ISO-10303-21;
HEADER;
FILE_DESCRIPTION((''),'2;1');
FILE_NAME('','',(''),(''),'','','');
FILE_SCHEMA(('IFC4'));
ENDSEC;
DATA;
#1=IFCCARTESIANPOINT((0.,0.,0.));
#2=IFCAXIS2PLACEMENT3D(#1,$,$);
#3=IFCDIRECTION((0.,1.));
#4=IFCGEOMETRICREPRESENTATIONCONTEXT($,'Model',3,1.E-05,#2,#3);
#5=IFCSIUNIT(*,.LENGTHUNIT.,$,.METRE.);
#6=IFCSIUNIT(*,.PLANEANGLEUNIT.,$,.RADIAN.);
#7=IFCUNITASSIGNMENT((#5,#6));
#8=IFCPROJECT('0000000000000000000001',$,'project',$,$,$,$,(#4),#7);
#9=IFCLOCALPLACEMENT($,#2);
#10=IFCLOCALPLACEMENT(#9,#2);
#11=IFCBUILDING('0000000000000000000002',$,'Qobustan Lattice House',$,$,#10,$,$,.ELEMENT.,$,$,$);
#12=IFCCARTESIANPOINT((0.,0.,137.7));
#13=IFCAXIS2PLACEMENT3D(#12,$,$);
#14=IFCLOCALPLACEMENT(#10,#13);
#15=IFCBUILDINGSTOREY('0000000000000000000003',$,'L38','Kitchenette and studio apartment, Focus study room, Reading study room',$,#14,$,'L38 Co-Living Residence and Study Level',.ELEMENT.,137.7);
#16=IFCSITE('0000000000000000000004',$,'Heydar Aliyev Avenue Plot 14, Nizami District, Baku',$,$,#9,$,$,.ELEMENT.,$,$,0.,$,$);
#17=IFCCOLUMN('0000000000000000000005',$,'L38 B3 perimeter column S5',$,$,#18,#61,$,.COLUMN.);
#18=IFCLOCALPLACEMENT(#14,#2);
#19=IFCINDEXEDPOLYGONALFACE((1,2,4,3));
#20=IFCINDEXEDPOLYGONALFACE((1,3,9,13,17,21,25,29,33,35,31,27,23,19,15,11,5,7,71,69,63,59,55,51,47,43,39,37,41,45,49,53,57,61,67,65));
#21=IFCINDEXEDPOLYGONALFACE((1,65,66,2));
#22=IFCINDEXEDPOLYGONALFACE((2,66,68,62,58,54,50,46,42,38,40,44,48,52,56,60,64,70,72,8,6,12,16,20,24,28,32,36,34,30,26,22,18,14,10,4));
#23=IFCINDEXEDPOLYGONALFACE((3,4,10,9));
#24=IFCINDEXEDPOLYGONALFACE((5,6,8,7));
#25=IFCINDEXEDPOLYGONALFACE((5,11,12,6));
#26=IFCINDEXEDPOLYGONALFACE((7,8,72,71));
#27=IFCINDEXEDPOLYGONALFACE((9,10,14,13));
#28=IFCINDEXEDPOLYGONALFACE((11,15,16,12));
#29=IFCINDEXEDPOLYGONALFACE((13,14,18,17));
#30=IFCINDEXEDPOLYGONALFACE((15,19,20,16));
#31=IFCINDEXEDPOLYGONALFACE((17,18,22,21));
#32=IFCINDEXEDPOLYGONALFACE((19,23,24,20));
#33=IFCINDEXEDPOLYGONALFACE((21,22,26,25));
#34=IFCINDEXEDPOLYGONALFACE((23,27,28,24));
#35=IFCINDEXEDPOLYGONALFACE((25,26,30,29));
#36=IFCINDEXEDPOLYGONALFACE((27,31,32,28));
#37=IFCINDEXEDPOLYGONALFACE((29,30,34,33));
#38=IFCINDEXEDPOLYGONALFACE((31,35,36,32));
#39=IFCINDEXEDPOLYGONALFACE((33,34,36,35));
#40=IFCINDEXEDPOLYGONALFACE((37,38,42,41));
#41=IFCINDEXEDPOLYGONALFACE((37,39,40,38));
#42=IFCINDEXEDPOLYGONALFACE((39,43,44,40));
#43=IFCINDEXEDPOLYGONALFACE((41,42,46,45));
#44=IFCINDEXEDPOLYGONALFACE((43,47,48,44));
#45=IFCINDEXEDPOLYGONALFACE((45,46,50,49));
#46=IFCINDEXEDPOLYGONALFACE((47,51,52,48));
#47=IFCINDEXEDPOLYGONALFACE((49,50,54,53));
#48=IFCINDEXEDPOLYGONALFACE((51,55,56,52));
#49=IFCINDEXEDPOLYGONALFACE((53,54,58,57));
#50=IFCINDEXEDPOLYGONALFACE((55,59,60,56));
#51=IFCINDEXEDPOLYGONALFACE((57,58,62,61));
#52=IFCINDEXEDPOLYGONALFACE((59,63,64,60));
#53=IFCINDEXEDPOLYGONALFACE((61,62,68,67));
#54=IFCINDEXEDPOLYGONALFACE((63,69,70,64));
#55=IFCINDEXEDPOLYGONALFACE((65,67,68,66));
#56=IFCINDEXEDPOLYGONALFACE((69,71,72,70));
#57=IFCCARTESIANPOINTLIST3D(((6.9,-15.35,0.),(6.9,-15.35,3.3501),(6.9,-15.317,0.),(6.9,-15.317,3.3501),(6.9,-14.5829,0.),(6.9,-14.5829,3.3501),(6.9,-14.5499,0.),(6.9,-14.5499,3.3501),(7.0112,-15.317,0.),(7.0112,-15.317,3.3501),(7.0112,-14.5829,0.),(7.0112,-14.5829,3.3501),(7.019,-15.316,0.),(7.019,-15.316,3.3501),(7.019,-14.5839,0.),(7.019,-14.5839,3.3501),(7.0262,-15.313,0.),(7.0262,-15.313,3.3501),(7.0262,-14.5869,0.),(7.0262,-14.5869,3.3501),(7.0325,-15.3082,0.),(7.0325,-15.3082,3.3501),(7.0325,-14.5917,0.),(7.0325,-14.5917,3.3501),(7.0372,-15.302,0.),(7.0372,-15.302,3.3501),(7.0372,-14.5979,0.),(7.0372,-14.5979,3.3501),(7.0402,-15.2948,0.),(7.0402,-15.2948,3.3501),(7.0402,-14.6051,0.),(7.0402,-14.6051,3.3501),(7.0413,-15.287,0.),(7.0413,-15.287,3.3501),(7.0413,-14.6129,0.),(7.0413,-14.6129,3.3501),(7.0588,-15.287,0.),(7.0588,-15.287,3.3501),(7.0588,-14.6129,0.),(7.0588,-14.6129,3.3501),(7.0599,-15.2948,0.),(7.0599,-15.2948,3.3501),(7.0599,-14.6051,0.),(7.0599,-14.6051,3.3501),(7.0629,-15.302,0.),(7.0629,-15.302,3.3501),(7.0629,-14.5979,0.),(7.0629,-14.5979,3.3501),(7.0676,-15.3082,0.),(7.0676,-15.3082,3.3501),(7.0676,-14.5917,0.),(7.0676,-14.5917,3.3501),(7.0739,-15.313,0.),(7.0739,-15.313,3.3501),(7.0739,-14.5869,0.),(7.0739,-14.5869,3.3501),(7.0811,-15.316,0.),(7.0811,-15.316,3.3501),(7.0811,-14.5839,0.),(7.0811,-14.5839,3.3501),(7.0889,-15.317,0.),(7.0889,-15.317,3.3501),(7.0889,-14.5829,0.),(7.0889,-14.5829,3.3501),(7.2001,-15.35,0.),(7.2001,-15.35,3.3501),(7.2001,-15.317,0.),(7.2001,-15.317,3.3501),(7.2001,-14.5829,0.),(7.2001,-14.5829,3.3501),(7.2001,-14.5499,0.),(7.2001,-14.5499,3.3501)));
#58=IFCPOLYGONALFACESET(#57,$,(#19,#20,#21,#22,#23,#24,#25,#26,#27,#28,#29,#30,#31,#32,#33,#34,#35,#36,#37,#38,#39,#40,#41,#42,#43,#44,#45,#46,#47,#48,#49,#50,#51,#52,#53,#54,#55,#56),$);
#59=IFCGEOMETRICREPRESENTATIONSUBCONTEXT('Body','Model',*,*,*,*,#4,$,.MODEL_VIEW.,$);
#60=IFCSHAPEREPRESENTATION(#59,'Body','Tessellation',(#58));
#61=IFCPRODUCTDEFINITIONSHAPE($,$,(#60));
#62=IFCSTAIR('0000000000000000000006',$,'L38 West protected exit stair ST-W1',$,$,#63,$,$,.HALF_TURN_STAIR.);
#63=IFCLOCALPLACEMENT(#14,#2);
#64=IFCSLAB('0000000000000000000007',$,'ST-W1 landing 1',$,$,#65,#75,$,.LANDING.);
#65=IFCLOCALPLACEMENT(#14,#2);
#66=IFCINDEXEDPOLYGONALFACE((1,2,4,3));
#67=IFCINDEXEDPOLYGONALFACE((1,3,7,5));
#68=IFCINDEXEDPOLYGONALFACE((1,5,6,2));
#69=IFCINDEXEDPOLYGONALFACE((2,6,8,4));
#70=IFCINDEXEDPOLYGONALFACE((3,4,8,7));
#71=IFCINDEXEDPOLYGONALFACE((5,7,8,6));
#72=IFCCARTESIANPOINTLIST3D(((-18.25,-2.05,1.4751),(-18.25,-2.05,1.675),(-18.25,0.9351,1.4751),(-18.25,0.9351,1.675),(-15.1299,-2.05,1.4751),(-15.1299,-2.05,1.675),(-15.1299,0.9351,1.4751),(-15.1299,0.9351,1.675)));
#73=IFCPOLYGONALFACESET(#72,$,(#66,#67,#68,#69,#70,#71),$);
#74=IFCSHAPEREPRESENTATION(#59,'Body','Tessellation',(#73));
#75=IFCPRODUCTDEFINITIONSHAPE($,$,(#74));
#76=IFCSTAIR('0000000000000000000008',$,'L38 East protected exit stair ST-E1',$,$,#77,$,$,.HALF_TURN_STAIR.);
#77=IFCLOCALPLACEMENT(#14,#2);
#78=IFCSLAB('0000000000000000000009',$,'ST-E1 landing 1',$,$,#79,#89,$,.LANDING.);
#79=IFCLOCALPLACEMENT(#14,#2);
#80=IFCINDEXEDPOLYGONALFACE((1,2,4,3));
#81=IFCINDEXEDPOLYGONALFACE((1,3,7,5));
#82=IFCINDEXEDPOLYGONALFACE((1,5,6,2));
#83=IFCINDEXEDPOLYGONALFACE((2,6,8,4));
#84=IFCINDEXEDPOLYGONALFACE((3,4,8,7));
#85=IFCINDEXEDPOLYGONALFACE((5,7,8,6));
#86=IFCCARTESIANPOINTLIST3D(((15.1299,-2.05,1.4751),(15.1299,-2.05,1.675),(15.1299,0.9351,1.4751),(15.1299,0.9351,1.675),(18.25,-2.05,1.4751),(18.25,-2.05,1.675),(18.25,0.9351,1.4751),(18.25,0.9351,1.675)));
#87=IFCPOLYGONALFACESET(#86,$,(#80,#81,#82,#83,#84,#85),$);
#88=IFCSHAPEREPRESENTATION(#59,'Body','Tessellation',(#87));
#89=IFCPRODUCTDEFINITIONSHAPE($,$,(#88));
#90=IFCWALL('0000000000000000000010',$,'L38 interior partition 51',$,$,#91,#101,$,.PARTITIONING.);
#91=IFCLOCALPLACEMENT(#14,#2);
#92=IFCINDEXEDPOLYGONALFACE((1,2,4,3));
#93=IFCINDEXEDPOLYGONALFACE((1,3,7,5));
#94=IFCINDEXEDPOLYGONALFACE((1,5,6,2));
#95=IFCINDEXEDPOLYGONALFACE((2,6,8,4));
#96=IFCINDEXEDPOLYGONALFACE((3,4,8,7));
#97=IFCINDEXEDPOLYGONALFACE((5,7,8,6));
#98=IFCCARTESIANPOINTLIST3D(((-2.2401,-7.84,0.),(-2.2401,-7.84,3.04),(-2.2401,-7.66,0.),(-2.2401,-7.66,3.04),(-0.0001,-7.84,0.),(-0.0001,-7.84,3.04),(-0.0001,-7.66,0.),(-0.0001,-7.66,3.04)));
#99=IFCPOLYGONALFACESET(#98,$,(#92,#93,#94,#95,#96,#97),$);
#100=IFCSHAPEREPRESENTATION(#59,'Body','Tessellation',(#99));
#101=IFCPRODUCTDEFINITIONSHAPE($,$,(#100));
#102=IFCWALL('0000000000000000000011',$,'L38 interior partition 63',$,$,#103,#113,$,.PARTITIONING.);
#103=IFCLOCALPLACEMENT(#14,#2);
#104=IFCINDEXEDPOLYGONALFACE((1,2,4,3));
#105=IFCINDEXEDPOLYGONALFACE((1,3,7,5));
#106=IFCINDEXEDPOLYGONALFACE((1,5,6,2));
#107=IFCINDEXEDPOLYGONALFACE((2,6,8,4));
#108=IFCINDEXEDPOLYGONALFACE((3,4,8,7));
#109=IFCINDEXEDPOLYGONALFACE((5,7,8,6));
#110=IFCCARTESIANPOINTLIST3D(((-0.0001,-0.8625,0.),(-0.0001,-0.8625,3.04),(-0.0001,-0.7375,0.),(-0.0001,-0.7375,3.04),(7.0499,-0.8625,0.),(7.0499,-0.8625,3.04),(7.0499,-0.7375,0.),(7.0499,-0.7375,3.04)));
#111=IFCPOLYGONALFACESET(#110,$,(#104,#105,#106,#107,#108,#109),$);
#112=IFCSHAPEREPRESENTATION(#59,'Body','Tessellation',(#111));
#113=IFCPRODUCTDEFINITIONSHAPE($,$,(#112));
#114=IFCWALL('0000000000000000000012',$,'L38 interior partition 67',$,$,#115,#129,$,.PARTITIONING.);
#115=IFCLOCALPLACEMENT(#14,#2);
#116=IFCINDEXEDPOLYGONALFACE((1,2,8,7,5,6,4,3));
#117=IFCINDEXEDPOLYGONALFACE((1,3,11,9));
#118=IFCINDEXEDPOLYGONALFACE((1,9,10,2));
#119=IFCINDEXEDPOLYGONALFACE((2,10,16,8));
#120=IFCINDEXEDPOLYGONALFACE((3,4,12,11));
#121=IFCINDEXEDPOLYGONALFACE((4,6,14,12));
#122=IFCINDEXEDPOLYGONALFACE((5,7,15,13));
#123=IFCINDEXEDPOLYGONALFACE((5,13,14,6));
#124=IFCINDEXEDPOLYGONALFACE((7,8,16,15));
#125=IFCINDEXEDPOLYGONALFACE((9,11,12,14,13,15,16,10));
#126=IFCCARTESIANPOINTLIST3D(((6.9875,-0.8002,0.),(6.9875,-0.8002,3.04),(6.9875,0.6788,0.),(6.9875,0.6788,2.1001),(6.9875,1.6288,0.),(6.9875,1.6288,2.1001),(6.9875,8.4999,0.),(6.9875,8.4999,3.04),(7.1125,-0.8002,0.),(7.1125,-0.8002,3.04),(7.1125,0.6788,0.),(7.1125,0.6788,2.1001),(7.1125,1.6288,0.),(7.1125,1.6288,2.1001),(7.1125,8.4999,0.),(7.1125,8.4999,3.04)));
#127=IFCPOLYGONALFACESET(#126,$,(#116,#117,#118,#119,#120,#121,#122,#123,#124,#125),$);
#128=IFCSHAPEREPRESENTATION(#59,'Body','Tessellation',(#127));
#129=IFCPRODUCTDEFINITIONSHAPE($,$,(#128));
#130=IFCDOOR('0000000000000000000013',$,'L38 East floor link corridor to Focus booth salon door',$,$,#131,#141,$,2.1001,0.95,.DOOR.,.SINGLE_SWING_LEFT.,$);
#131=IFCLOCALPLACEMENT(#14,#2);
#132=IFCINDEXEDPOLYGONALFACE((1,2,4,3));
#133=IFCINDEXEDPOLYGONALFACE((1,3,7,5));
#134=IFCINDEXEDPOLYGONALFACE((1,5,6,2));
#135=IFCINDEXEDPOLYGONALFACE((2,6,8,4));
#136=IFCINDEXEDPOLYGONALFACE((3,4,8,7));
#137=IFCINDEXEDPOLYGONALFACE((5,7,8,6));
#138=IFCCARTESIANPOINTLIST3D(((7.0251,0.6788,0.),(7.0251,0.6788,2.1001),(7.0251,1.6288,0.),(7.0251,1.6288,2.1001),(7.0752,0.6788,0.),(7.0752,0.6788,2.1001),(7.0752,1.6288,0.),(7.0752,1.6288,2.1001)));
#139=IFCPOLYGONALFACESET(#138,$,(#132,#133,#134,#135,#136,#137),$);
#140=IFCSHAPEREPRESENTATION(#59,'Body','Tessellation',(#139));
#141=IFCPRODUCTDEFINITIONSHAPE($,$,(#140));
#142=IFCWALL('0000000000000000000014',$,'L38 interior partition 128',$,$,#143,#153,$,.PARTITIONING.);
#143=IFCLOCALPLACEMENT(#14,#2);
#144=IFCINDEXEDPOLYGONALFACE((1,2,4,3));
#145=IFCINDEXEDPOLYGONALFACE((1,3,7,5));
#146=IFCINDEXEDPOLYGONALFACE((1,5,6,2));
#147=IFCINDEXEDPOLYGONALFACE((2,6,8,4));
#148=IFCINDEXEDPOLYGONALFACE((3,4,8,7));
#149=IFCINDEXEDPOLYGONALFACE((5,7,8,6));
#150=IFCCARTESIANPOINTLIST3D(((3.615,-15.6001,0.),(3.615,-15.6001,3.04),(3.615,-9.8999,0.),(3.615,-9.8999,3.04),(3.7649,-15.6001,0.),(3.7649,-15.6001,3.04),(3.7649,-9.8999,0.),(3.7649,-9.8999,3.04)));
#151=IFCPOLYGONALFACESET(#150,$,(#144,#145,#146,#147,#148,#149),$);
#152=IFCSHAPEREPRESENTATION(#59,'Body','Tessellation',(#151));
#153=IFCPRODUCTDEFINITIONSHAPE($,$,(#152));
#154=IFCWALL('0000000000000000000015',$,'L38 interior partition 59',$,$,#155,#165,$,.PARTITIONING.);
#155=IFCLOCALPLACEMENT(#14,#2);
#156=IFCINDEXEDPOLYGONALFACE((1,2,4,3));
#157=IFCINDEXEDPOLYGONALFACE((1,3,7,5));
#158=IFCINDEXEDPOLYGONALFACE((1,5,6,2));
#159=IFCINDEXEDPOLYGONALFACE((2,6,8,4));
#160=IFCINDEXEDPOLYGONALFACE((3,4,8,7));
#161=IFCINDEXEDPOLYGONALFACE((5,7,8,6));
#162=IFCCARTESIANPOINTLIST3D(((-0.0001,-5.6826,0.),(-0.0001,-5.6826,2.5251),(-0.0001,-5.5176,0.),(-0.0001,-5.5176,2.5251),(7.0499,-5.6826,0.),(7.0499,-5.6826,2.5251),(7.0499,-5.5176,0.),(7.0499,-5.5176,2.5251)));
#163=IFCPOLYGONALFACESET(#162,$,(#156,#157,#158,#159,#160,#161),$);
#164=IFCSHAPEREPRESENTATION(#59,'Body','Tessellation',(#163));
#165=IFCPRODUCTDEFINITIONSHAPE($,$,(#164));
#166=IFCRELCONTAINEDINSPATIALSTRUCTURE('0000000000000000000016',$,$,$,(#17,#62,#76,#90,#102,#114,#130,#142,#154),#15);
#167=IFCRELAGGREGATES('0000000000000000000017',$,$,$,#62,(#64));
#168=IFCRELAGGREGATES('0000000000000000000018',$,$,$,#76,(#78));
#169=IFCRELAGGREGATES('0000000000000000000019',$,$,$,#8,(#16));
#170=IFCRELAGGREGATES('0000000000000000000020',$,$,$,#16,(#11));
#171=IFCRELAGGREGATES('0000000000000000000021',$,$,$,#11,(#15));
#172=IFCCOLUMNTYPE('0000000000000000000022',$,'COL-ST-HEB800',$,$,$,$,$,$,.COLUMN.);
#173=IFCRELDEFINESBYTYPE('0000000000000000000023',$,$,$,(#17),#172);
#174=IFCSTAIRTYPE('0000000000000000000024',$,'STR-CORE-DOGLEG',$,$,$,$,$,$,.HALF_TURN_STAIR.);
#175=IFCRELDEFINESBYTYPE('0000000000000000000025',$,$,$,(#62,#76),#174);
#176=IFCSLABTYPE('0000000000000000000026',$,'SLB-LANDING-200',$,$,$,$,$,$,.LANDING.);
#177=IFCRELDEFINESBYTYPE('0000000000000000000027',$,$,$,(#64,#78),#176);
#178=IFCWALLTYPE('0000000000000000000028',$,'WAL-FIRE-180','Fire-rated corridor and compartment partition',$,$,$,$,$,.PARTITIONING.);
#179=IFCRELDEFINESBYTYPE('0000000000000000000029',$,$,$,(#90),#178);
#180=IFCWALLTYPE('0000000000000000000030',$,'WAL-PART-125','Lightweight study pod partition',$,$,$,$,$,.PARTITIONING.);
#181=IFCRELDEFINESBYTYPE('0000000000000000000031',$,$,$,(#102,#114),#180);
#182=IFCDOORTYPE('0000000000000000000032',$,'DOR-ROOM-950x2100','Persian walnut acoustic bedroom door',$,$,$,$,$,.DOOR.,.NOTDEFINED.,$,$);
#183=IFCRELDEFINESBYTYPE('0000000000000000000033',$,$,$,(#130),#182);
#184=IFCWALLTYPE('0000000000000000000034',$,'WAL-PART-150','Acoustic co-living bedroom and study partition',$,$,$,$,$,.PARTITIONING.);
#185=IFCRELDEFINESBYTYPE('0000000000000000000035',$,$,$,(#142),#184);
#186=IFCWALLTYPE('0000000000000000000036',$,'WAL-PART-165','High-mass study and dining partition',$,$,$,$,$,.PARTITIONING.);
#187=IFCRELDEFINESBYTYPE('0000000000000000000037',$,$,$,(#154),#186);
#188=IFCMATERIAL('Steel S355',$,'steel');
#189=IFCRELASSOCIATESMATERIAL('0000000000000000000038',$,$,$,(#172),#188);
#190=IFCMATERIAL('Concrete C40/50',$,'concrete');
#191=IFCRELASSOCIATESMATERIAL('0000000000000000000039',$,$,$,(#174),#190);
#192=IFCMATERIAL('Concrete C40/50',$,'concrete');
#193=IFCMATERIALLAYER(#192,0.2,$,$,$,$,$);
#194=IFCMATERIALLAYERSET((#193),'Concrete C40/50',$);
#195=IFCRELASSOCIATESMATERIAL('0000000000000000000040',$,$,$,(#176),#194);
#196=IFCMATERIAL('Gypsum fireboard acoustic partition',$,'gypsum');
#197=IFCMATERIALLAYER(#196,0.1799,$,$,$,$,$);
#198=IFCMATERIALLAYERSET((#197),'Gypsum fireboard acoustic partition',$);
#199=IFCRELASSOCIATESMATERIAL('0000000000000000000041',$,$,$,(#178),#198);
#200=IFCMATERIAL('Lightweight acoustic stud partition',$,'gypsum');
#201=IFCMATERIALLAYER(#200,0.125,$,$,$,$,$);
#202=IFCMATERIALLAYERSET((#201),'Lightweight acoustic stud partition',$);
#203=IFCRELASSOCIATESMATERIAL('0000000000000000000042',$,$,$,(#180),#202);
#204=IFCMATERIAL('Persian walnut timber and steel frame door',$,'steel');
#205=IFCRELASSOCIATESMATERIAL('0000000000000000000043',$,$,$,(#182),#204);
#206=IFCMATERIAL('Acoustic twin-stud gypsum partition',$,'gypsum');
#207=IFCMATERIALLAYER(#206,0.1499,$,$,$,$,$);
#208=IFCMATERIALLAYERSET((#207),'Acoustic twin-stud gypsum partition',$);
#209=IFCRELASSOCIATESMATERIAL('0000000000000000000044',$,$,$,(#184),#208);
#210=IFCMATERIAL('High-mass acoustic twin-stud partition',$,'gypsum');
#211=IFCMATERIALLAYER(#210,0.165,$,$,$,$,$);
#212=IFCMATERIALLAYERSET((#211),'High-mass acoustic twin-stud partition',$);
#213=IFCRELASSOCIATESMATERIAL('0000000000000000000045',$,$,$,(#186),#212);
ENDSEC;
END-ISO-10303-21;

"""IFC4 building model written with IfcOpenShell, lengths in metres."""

from ifc_helpers import new_model, si_unit, direction, frame, frame_2d, origin, origin_2d, place, context, subcontext, project, spatial, polyline, rectangle, i_section, outline, extrude, material, layer, layer_set, material_profile, profile_set, type_object, element, fill, aggregate, save


model = new_model("IFC4")

# Units and contexts
model_context = context("Model", 3, precision=1e-05, world=origin(), true_north=direction((0.0, 1.0)))
body_context = subcontext(model_context, "Body", "Model", "MODEL_VIEW")
ifc_project = project(units=[si_unit("LENGTHUNIT", "METRE"), si_unit("PLANEANGLEUNIT", "RADIAN")], contexts=[model_context])

# Site, building, storey
site_placement = place(None, origin())
site = spatial("IfcSite", under=ifc_project, at=site_placement, Name="Heydar Aliyev Avenue Plot 14, Nizami District, Baku", CompositionType="ELEMENT", RefElevation=0.0)
building_placement = place(site_placement, origin())
building = spatial("IfcBuilding", under=site, at=building_placement, Name="Qobustan Lattice House", CompositionType="ELEMENT")
storey_placement = place(building_placement, frame((0.0, 0.0, 137.7)))
storey = spatial("IfcBuildingStorey", under=building, at=storey_placement, Name="L38", Description="Kitchenette and studio apartment, Focus study room, Reading study room", LongName="L38 Co-Living Residence and Study Level", CompositionType="ELEMENT", Elevation=137.7)

# Column
ifc_material_1 = material(Name="Steel S355", Category="steel")
ifc_material_profile = material_profile(ifc_material_1, i_section(OverallWidth=0.3, OverallDepth=0.8, WebThickness=0.0176, FlangeThickness=0.033, FilletRadius=0.03, at=origin_2d()), Name="HEB800")
ifc_profile_set = profile_set([ifc_material_profile], Name="Steel S355")
column_type = type_object("IfcColumnType", Name="COL-ST-HEB800", PredefinedType="COLUMN", material=ifc_profile_set)
column_placement = place(storey_placement, frame((7.05, -14.95, 0.0), z_axis=(0.0, 0.0, 1.0), x_axis=(1.0, 0.0, 0.0)))
element("IfcColumn", 1, at=column_placement, inside=storey, type_object=column_type, Name="L38 B3 perimeter column S5", PredefinedType="COLUMN", context=body_context, shape_type="SweptSolid", body=[
    extrude(i_section(OverallWidth=0.3, OverallDepth=0.8, WebThickness=0.0176, FlangeThickness=0.033, FilletRadius=0.03, at=origin_2d()), origin(), (0.0, 0.0, 1.0), 3.3501),
])

# Stairs, slabs
ifc_material_2 = material(Name="Concrete C40/50", Category="concrete")
stair_type = type_object("IfcStairType", Name="STR-CORE-DOGLEG", PredefinedType="HALF_TURN_STAIR", material=ifc_material_2)
stair_1_placement = place(storey_placement, origin())
stair_1 = element("IfcStair", 2, at=stair_1_placement, inside=storey, type_object=stair_type, Name="L38 West protected exit stair ST-W1", PredefinedType="HALF_TURN_STAIR")
ifc_material_3 = material(Name="Concrete C40/50", Category="concrete")
ifc_layer_1 = layer(ifc_material_3, 0.2)
ifc_layer_set_1 = layer_set([ifc_layer_1], Name="Concrete C40/50")
slab_type = type_object("IfcSlabType", Name="SLB-LANDING-200", PredefinedType="LANDING", material=ifc_layer_set_1)
slab_1_placement = place(storey_placement, frame((0.0, 0.0, 1.4751)))
slab_1 = element("IfcSlab", 3, at=slab_1_placement, type_object=slab_type, Name="ST-W1 landing 1", PredefinedType="LANDING", context=body_context, shape_type="SweptSolid", body=[
    extrude(outline(polyline([(-18.25, 0.9351), (-18.25, -2.05), (-15.1299, -2.05), (-15.1299, 0.9351), (-18.25, 0.9351)])), origin(), (0.0, 0.0, 1.0), 0.2),
])
aggregate(stair_1, [slab_1])
stair_2_placement = place(storey_placement, origin())
stair_2 = element("IfcStair", 4, at=stair_2_placement, inside=storey, type_object=stair_type, Name="L38 East protected exit stair ST-E1", PredefinedType="HALF_TURN_STAIR")
slab_2_placement = place(storey_placement, frame((0.0, 0.0, 1.4751)))
slab_2 = element("IfcSlab", 5, at=slab_2_placement, type_object=slab_type, Name="ST-E1 landing 1", PredefinedType="LANDING", context=body_context, shape_type="SweptSolid", body=[
    extrude(outline(polyline([(15.1299, 0.9351), (15.1299, -2.05), (18.25, -2.05), (18.25, 0.9351), (15.1299, 0.9351)])), origin(), (0.0, 0.0, 1.0), 0.2),
])
aggregate(stair_2, [slab_2])

# Wall
ifc_material_4 = material(Name="Gypsum fireboard acoustic partition", Category="gypsum")
ifc_layer_2 = layer(ifc_material_4, 0.1799)
ifc_layer_set_2 = layer_set([ifc_layer_2], Name="Gypsum fireboard acoustic partition")
wall_type_1 = type_object("IfcWallType", Name="WAL-FIRE-180", Description="Fire-rated corridor and compartment partition", PredefinedType="PARTITIONING", material=ifc_layer_set_2)
wall_1_placement = place(storey_placement, frame((0.0, -7.75, 0.0), z_axis=(0.0, 0.0, 1.0), x_axis=(-1.0, 0.0, 0.0)))
element("IfcWall", 6, at=wall_1_placement, inside=storey, type_object=wall_type_1, Name="L38 interior partition 51", PredefinedType="PARTITIONING", context=body_context, shape_type="SweptSolid", body=[
    extrude(rectangle(XDim=2.24, YDim=0.1799, at=frame_2d((1.1201, 0.0))), origin(), (0.0, 0.0, 1.0), 3.04),
])

# Wall
ifc_material_5 = material(Name="Lightweight acoustic stud partition", Category="gypsum")
ifc_layer_3 = layer(ifc_material_5, 0.125)
ifc_layer_set_3 = layer_set([ifc_layer_3], Name="Lightweight acoustic stud partition")
wall_type_2 = type_object("IfcWallType", Name="WAL-PART-125", Description="Lightweight study pod partition", PredefinedType="PARTITIONING", material=ifc_layer_set_3)
wall_2_placement = place(storey_placement, frame((0.0, -0.8, 0.0), z_axis=(0.0, 0.0, 1.0), x_axis=(1.0, 0.0, 0.0)))
element("IfcWall", 7, at=wall_2_placement, inside=storey, type_object=wall_type_2, Name="L38 interior partition 63", PredefinedType="PARTITIONING", context=body_context, shape_type="SweptSolid", body=[
    extrude(rectangle(XDim=7.05, YDim=0.125, at=frame_2d((3.5249, 0.0))), origin(), (0.0, 0.0, 1.0), 3.04),
])

# Wall, opening, door
wall_3_placement = place(storey_placement, frame((7.05, -0.8, 0.0), z_axis=(0.0, 0.0, 1.0), x_axis=(0.0, 1.0, 0.0)))
wall_3 = element("IfcWall", 8, at=wall_3_placement, inside=storey, type_object=wall_type_2, Name="L38 interior partition 67", PredefinedType="PARTITIONING", context=body_context, shape_type="SweptSolid", body=[
    extrude(rectangle(XDim=9.3, YDim=0.125, at=frame_2d((4.6499, 0.0))), origin(), (0.0, 0.0, 1.0), 3.04),
])
opening_1_placement = place(wall_3_placement, frame((1.4788, 0.0, 0.0)))
opening_1 = element("IfcOpeningElement", 9, at=opening_1_placement, cuts=wall_3, PredefinedType="OPENING", context=body_context, shape_type="SweptSolid", body=[
    extrude(rectangle(XDim=0.95, YDim=2.1001, at=frame_2d((0.4751, 1.05))), frame((0.0, 0.0725, 0.0), z_axis=(0.0, -1.0, 0.0), x_axis=(1.0, 0.0, 0.0)), (0.0, 0.0, 1.0), 0.145),
])
ifc_material_6 = material(Name="Persian walnut timber and steel frame door", Category="steel")
door_type_1 = type_object("IfcDoorType", Name="DOR-ROOM-950x2100", Description="Persian walnut acoustic bedroom door", OperationType="NOTDEFINED", PredefinedType="DOOR", material=ifc_material_6)
door_1_placement = place(opening_1_placement, origin())
door_1 = element("IfcDoor", 10, at=door_1_placement, inside=storey, type_object=door_type_1, Name="L38 East floor link corridor to Focus booth salon door", OperationType="SINGLE_SWING_LEFT", OverallHeight=2.1001, OverallWidth=0.95, PredefinedType="DOOR", context=body_context, shape_type="SweptSolid", body=[
    extrude(rectangle(XDim=0.95, YDim=2.1001, at=frame_2d((0.4751, 1.05))), frame((0.0, 0.0249, 0.0), z_axis=(0.0, -1.0, 0.0), x_axis=(1.0, 0.0, 0.0)), (0.0, 0.0, 1.0), 0.05),
])
fill(opening_1, door_1)

# Walls
ifc_material_7 = material(Name="Acoustic twin-stud gypsum partition", Category="gypsum")
ifc_layer_4 = layer(ifc_material_7, 0.1499)
ifc_layer_set_4 = layer_set([ifc_layer_4], Name="Acoustic twin-stud gypsum partition")
wall_type_3 = type_object("IfcWallType", Name="WAL-PART-150", Description="Acoustic co-living bedroom and study partition", PredefinedType="PARTITIONING", material=ifc_layer_set_4)
wall_4_placement = place(storey_placement, frame((3.6899, -9.8999, 0.0), z_axis=(0.0, 0.0, 1.0), x_axis=(0.0, -1.0, 0.0)))
element("IfcWall", 11, at=wall_4_placement, inside=storey, type_object=wall_type_3, Name="L38 interior partition 128", PredefinedType="PARTITIONING", context=body_context, shape_type="SweptSolid", body=[
    extrude(rectangle(XDim=5.7002, YDim=0.1499, at=frame_2d((2.8501, 0.0))), origin(), (0.0, 0.0, 1.0), 3.04),
])
ifc_material_8 = material(Name="High-mass acoustic twin-stud partition", Category="gypsum")
ifc_layer_5 = layer(ifc_material_8, 0.165)
ifc_layer_set_5 = layer_set([ifc_layer_5], Name="High-mass acoustic twin-stud partition")
wall_type_4 = type_object("IfcWallType", Name="WAL-PART-165", Description="High-mass study and dining partition", PredefinedType="PARTITIONING", material=ifc_layer_set_5)
wall_5_placement = place(storey_placement, frame((0.0, -5.6001, 0.0), z_axis=(0.0, 0.0, 1.0), x_axis=(1.0, 0.0, 0.0)))
element("IfcWall", 12, at=wall_5_placement, inside=storey, type_object=wall_type_4, Name="L38 interior partition 59", PredefinedType="PARTITIONING", context=body_context, shape_type="SweptSolid", body=[
    extrude(rectangle(XDim=7.05, YDim=0.165, at=frame_2d((3.5249, 0.0))), origin(), (0.0, 0.0, 1.0), 2.5251),
])

save(model, "model.ifc")
